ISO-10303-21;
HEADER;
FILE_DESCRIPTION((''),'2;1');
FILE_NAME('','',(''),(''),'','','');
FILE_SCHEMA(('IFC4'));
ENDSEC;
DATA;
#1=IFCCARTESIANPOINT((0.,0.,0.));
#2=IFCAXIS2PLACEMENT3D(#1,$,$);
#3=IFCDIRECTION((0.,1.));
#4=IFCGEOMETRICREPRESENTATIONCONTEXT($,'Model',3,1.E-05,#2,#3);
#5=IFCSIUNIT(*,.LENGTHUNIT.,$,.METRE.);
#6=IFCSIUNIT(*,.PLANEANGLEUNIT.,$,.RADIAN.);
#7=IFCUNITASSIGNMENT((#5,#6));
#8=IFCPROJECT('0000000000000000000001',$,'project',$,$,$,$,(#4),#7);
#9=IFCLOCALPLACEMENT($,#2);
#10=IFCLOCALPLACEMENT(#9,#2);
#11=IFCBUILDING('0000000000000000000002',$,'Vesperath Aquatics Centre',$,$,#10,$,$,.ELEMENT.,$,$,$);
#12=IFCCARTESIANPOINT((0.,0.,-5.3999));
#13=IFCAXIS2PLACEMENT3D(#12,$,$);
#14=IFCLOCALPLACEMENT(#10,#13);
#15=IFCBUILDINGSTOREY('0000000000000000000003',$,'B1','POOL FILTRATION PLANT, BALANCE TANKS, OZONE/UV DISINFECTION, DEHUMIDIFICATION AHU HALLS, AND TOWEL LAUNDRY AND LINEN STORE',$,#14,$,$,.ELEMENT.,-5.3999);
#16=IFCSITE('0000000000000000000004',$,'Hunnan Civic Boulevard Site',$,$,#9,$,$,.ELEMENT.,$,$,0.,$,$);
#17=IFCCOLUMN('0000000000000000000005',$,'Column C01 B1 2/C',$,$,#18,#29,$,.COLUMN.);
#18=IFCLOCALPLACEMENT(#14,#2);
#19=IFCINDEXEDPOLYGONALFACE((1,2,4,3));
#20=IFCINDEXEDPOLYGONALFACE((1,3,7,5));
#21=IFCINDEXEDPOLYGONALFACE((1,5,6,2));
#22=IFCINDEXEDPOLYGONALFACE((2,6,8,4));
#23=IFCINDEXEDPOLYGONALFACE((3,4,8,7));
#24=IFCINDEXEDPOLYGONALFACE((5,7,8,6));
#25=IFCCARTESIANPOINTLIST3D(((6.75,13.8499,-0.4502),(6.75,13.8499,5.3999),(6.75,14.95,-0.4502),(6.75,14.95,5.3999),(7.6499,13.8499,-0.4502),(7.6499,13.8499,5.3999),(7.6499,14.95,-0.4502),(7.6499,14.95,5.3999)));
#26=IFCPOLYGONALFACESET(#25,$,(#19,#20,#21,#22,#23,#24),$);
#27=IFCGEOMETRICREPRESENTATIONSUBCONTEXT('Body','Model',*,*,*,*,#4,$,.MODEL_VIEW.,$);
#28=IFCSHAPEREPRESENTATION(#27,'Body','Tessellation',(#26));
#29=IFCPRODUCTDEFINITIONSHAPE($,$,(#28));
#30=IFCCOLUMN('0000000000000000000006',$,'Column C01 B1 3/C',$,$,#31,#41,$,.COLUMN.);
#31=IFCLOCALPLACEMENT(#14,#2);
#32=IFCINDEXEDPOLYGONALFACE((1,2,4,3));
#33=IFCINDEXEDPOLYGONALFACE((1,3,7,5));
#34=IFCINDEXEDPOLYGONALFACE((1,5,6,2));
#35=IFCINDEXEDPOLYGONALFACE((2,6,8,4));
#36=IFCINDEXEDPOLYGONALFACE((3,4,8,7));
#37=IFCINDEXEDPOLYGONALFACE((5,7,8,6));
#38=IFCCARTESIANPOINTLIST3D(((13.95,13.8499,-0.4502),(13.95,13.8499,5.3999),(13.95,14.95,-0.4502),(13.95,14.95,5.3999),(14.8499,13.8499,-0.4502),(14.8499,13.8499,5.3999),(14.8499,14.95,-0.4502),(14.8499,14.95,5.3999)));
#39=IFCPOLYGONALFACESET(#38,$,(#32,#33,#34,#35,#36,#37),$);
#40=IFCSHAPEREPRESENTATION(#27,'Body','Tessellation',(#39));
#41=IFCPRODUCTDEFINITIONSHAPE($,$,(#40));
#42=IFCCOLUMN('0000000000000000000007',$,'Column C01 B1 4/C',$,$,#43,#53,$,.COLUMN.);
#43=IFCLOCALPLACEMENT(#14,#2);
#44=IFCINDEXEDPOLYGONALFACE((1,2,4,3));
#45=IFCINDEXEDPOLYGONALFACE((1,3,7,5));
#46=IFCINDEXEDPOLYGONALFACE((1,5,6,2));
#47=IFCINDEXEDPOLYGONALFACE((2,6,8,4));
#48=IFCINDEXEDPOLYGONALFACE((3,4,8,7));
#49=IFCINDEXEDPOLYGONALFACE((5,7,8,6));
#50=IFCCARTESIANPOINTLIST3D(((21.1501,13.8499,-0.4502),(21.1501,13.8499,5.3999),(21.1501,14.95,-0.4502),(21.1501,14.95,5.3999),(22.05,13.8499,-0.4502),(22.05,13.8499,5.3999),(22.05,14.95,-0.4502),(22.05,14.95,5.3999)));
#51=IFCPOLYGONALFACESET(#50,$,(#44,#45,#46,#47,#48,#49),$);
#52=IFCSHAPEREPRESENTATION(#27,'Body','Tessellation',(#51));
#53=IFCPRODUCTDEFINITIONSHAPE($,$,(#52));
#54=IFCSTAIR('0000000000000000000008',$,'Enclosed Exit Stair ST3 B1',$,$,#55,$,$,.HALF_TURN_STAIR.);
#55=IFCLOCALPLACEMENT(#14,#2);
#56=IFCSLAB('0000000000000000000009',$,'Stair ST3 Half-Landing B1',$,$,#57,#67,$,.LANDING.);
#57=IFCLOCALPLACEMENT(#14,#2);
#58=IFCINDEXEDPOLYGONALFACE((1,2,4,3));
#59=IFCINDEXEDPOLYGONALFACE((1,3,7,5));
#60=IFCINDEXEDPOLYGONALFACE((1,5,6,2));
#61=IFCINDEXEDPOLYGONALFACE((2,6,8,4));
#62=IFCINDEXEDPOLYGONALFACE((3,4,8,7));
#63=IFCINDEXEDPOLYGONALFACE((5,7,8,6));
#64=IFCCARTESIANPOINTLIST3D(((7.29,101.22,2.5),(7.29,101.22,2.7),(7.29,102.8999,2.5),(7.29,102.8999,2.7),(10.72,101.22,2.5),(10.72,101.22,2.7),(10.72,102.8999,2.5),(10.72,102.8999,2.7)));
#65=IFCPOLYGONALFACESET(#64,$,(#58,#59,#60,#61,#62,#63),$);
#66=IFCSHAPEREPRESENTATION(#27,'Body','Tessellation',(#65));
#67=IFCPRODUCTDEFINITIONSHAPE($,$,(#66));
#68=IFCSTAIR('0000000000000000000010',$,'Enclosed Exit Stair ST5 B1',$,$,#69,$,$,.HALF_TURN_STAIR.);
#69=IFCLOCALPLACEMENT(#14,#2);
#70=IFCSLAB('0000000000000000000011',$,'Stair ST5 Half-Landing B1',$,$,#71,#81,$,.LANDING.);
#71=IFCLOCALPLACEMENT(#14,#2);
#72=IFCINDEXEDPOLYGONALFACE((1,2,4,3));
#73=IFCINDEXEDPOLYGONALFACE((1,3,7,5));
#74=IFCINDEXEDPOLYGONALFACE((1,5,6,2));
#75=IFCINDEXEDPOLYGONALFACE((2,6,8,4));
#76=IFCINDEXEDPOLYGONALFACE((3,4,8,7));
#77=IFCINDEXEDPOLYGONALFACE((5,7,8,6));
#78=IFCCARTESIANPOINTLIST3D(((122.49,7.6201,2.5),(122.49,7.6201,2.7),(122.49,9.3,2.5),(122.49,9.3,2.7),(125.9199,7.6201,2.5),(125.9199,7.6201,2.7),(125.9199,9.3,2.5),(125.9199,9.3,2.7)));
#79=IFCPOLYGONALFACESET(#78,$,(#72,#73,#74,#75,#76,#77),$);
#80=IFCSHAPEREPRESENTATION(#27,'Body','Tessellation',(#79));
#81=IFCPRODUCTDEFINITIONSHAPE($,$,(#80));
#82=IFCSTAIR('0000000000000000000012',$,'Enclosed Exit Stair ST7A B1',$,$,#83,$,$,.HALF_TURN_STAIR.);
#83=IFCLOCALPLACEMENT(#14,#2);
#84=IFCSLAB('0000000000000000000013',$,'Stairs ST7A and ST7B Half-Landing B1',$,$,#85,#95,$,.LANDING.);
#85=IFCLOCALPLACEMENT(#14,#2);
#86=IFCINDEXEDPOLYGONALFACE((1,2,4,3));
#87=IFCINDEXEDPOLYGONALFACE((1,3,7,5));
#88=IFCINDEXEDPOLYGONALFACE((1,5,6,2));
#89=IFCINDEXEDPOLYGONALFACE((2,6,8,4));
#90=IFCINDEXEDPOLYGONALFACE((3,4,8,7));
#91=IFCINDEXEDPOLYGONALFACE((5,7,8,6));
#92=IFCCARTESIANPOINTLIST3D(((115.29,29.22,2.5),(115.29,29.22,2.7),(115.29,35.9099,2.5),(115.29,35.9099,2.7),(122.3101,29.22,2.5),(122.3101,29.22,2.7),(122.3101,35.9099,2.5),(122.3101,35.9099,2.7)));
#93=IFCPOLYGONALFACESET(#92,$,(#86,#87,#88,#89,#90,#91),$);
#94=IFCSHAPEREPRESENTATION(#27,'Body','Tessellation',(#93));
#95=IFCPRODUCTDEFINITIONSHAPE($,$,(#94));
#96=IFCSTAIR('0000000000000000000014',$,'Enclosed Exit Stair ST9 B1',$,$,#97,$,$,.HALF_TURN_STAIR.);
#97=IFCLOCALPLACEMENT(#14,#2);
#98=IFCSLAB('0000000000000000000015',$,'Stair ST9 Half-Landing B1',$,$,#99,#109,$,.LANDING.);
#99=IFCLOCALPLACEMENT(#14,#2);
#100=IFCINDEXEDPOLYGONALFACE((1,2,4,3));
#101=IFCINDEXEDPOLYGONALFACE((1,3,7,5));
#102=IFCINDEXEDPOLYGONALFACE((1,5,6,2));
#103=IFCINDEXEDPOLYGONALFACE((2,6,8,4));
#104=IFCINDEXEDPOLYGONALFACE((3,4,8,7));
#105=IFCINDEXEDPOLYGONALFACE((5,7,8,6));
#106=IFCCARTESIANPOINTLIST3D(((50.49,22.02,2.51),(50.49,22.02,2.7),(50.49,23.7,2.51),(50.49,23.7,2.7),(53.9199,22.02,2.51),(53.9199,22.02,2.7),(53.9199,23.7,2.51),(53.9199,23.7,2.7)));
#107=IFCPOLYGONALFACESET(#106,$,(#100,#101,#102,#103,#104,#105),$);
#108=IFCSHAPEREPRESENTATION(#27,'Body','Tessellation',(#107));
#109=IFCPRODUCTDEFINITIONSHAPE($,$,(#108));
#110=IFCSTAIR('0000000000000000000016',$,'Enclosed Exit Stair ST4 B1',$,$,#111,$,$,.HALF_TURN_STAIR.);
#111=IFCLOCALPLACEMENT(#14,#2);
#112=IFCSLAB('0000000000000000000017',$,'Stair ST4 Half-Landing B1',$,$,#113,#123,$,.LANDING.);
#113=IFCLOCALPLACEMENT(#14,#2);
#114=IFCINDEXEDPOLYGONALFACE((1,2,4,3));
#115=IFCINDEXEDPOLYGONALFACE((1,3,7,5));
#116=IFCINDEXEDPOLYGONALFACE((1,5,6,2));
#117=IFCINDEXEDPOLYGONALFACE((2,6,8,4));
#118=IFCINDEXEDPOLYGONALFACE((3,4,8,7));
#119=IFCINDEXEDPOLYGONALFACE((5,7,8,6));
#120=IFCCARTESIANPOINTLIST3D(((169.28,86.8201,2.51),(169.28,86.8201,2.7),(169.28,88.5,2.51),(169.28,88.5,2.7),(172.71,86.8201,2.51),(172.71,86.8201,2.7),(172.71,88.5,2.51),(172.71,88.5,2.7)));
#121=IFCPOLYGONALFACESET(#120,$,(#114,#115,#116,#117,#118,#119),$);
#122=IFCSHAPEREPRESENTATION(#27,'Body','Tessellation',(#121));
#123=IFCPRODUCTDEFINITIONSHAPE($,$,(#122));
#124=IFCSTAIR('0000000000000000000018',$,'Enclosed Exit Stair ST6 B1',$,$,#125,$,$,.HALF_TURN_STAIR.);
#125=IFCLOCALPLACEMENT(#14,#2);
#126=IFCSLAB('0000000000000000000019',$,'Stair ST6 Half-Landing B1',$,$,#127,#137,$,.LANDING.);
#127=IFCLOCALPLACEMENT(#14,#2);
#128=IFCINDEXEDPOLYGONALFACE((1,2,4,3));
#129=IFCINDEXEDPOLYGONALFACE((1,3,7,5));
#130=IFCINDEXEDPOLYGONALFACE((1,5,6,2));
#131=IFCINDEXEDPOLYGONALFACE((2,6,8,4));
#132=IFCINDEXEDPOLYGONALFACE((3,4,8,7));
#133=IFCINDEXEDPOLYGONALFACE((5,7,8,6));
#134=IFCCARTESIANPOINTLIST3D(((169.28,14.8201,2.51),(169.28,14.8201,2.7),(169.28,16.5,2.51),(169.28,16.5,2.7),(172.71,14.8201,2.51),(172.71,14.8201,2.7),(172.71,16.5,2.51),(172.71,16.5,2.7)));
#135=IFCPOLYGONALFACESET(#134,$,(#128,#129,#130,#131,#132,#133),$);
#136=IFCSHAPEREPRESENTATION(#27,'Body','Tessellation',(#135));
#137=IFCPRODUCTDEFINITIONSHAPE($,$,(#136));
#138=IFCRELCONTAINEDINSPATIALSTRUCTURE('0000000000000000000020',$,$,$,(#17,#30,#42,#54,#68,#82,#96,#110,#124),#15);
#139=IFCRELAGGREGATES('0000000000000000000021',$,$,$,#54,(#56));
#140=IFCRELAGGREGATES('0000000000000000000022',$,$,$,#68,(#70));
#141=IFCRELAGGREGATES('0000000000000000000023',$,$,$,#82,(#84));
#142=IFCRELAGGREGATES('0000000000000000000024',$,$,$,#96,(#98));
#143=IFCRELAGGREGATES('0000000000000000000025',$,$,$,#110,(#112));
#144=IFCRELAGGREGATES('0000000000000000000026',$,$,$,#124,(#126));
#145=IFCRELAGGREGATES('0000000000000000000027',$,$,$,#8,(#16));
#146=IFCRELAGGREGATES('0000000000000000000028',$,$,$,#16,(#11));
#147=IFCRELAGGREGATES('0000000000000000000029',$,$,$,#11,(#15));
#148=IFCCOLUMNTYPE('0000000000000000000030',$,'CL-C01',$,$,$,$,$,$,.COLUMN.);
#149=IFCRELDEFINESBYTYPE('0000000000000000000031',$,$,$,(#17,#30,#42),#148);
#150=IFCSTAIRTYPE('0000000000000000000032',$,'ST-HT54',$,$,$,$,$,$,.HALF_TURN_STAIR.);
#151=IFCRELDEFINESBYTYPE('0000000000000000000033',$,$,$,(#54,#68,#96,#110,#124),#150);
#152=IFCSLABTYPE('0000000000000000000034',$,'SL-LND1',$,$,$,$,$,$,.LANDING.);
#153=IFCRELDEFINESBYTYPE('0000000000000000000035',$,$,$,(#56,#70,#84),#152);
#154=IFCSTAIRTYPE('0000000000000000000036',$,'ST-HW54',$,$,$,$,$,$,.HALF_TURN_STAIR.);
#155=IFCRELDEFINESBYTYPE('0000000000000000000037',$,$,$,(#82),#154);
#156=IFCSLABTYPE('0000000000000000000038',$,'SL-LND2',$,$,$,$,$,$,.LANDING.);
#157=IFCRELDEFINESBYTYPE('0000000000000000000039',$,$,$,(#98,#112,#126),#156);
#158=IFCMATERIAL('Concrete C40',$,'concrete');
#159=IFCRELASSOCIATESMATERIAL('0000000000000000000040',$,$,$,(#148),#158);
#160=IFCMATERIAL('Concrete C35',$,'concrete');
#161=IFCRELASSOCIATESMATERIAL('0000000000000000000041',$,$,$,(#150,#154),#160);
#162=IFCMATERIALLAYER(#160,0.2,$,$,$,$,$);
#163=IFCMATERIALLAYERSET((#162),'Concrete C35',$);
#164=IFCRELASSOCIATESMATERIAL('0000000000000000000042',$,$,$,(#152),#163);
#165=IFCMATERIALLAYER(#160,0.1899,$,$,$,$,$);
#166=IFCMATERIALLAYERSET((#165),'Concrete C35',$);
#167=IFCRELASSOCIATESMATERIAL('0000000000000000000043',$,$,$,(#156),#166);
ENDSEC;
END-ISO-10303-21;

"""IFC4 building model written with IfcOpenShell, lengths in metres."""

from ifc_helpers import new_model, si_unit, direction, frame, origin, origin_2d, place, context, subcontext, project, spatial, polyline, rectangle, outline, extrude, material, layer, layer_set, material_profile, profile_set, type_object, element, aggregate, save


model = new_model("IFC4")

# Units and contexts
model_context = context("Model", 3, precision=1e-05, world=origin(), true_north=direction((0.0, 1.0)))
body_context = subcontext(model_context, "Body", "Model", "MODEL_VIEW")
ifc_project = project(units=[si_unit("LENGTHUNIT", "METRE"), si_unit("PLANEANGLEUNIT", "RADIAN")], contexts=[model_context])

# Site, building, storey
site_placement = place(None, origin())
site = spatial("IfcSite", under=ifc_project, at=site_placement, Name="Hunnan Civic Boulevard Site", CompositionType="ELEMENT", RefElevation=0.0)
building_placement = place(site_placement, origin())
building = spatial("IfcBuilding", under=site, at=building_placement, Name="Vesperath Aquatics Centre", CompositionType="ELEMENT")
storey_placement = place(building_placement, frame((0.0, 0.0, -5.3999)))
storey = spatial("IfcBuildingStorey", under=building, at=storey_placement, Name="B1", Description="POOL FILTRATION PLANT, BALANCE TANKS, OZONE/UV DISINFECTION, DEHUMIDIFICATION AHU HALLS, AND TOWEL LAUNDRY AND LINEN STORE", CompositionType="ELEMENT", Elevation=-5.3999)

# Shared definitions
ifc_material_1 = material(Name="Concrete C40", Category="concrete")

# Shared definitions
ifc_material_2 = material(Name="Concrete C35", Category="concrete")

# Columns
ifc_material_profile_1 = material_profile(ifc_material_1, rectangle(XDim=0.8999, YDim=1.1001, at=origin_2d()), Name="RC 1100x900")
ifc_profile_set_1 = profile_set([ifc_material_profile_1], Name="Concrete C40")
column_type = type_object("IfcColumnType", Name="CL-C01", PredefinedType="COLUMN", material=ifc_profile_set_1)
for number, where, z_axis, x_axis, name in (
    (1, (7.2, 14.3999, -0.4502), (0.0, 0.0, 1.0), (1.0, 0.0, 0.0), "Column C01 B1 2/C"),
    (2, (14.3999, 14.3999, -0.4502), (0.0, 0.0, 1.0), (1.0, 0.0, 0.0), "Column C01 B1 3/C"),
    (3, (21.6001, 14.3999, -0.4502), (0.0, 0.0, 1.0), (1.0, 0.0, 0.0), "Column C01 B1 4/C"),
):
    element("IfcColumn", number, at=place(storey_placement, frame(where, z_axis=z_axis, x_axis=x_axis)), inside=storey, type_object=column_type, Name=name, PredefinedType="COLUMN", context=body_context, shape_type="SweptSolid", body=[
        extrude(rectangle(XDim=0.8999, YDim=1.1001, at=origin_2d()), origin(), (0.0, 0.0, 1.0), 5.8501),
    ])

# Stairs, slabs
stair_type_1 = type_object("IfcStairType", Name="ST-HT54", PredefinedType="HALF_TURN_STAIR", material=ifc_material_2)
stair_1_placement = place(storey_placement, origin())
stair_1 = element("IfcStair", 4, at=stair_1_placement, inside=storey, type_object=stair_type_1, Name="Enclosed Exit Stair ST3 B1", PredefinedType="HALF_TURN_STAIR")
ifc_layer_1 = layer(ifc_material_2, 0.2)
ifc_layer_set_1 = layer_set([ifc_layer_1], Name="Concrete C35")
slab_type_1 = type_object("IfcSlabType", Name="SL-LND1", PredefinedType="LANDING", material=ifc_layer_set_1)
slab_1_placement = place(storey_placement, frame((0.0, 0.0, 2.5)))
slab_1 = element("IfcSlab", 5, at=slab_1_placement, type_object=slab_type_1, Name="Stair ST3 Half-Landing B1", PredefinedType="LANDING", context=body_context, shape_type="SweptSolid", body=[
    extrude(outline(polyline([(7.29, 101.22), (10.72, 101.22), (10.72, 102.8999), (7.29, 102.8999), (7.29, 101.22)])), origin(), (0.0, 0.0, 1.0), 0.2),
])
aggregate(stair_1, [slab_1])
stair_2_placement = place(storey_placement, origin())
stair_2 = element("IfcStair", 6, at=stair_2_placement, inside=storey, type_object=stair_type_1, Name="Enclosed Exit Stair ST5 B1", PredefinedType="HALF_TURN_STAIR")
slab_2_placement = place(storey_placement, frame((0.0, 0.0, 2.5)))
slab_2 = element("IfcSlab", 7, at=slab_2_placement, type_object=slab_type_1, Name="Stair ST5 Half-Landing B1", PredefinedType="LANDING", context=body_context, shape_type="SweptSolid", body=[
    extrude(outline(polyline([(122.49, 7.6201), (125.9199, 7.6201), (125.9199, 9.3), (122.49, 9.3), (122.49, 7.6201)])), origin(), (0.0, 0.0, 1.0), 0.2),
])
aggregate(stair_2, [slab_2])
stair_type_2 = type_object("IfcStairType", Name="ST-HW54", PredefinedType="HALF_TURN_STAIR", material=ifc_material_2)
stair_3_placement = place(storey_placement, origin())
stair_3 = element("IfcStair", 8, at=stair_3_placement, inside=storey, type_object=stair_type_2, Name="Enclosed Exit Stair ST7A B1", PredefinedType="HALF_TURN_STAIR")
slab_3_placement = place(storey_placement, frame((0.0, 0.0, 2.5)))
slab_3 = element("IfcSlab", 9, at=slab_3_placement, type_object=slab_type_1, Name="Stairs ST7A and ST7B Half-Landing B1", PredefinedType="LANDING", context=body_context, shape_type="SweptSolid", body=[
    extrude(outline(polyline([(115.29, 29.22), (122.3101, 29.22), (122.3101, 35.9099), (115.29, 35.9099), (115.29, 29.22)])), origin(), (0.0, 0.0, 1.0), 0.2),
])
aggregate(stair_3, [slab_3])
stair_4_placement = place(storey_placement, origin())
stair_4 = element("IfcStair", 10, at=stair_4_placement, inside=storey, type_object=stair_type_1, Name="Enclosed Exit Stair ST9 B1", PredefinedType="HALF_TURN_STAIR")
ifc_layer_2 = layer(ifc_material_2, 0.1899)
ifc_layer_set_2 = layer_set([ifc_layer_2], Name="Concrete C35")
slab_type_2 = type_object("IfcSlabType", Name="SL-LND2", PredefinedType="LANDING", material=ifc_layer_set_2)
slab_4_placement = place(storey_placement, frame((0.0, 0.0, 2.51)))
slab_4 = element("IfcSlab", 11, at=slab_4_placement, type_object=slab_type_2, Name="Stair ST9 Half-Landing B1", PredefinedType="LANDING", context=body_context, shape_type="SweptSolid", body=[
    extrude(outline(polyline([(50.49, 22.02), (53.9199, 22.02), (53.9199, 23.7), (50.49, 23.7), (50.49, 22.02)])), origin(), (0.0, 0.0, 1.0), 0.1899),
])
aggregate(stair_4, [slab_4])
stair_5_placement = place(storey_placement, origin())
stair_5 = element("IfcStair", 12, at=stair_5_placement, inside=storey, type_object=stair_type_1, Name="Enclosed Exit Stair ST4 B1", PredefinedType="HALF_TURN_STAIR")
slab_5_placement = place(storey_placement, frame((0.0, 0.0, 2.51)))
slab_5 = element("IfcSlab", 13, at=slab_5_placement, type_object=slab_type_2, Name="Stair ST4 Half-Landing B1", PredefinedType="LANDING", context=body_context, shape_type="SweptSolid", body=[
    extrude(outline(polyline([(169.28, 86.8201), (172.71, 86.8201), (172.71, 88.5), (169.28, 88.5), (169.28, 86.8201)])), origin(), (0.0, 0.0, 1.0), 0.1899),
])
aggregate(stair_5, [slab_5])
stair_6_placement = place(storey_placement, origin())
stair_6 = element("IfcStair", 14, at=stair_6_placement, inside=storey, type_object=stair_type_1, Name="Enclosed Exit Stair ST6 B1", PredefinedType="HALF_TURN_STAIR")
slab_6_placement = place(storey_placement, frame((0.0, 0.0, 2.51)))
slab_6 = element("IfcSlab", 15, at=slab_6_placement, type_object=slab_type_2, Name="Stair ST6 Half-Landing B1", PredefinedType="LANDING", context=body_context, shape_type="SweptSolid", body=[
    extrude(outline(polyline([(169.28, 14.8201), (172.71, 14.8201), (172.71, 16.5), (169.28, 16.5), (169.28, 14.8201)])), origin(), (0.0, 0.0, 1.0), 0.1899),
])
aggregate(stair_6, [slab_6])

save(model, "model.ifc")
